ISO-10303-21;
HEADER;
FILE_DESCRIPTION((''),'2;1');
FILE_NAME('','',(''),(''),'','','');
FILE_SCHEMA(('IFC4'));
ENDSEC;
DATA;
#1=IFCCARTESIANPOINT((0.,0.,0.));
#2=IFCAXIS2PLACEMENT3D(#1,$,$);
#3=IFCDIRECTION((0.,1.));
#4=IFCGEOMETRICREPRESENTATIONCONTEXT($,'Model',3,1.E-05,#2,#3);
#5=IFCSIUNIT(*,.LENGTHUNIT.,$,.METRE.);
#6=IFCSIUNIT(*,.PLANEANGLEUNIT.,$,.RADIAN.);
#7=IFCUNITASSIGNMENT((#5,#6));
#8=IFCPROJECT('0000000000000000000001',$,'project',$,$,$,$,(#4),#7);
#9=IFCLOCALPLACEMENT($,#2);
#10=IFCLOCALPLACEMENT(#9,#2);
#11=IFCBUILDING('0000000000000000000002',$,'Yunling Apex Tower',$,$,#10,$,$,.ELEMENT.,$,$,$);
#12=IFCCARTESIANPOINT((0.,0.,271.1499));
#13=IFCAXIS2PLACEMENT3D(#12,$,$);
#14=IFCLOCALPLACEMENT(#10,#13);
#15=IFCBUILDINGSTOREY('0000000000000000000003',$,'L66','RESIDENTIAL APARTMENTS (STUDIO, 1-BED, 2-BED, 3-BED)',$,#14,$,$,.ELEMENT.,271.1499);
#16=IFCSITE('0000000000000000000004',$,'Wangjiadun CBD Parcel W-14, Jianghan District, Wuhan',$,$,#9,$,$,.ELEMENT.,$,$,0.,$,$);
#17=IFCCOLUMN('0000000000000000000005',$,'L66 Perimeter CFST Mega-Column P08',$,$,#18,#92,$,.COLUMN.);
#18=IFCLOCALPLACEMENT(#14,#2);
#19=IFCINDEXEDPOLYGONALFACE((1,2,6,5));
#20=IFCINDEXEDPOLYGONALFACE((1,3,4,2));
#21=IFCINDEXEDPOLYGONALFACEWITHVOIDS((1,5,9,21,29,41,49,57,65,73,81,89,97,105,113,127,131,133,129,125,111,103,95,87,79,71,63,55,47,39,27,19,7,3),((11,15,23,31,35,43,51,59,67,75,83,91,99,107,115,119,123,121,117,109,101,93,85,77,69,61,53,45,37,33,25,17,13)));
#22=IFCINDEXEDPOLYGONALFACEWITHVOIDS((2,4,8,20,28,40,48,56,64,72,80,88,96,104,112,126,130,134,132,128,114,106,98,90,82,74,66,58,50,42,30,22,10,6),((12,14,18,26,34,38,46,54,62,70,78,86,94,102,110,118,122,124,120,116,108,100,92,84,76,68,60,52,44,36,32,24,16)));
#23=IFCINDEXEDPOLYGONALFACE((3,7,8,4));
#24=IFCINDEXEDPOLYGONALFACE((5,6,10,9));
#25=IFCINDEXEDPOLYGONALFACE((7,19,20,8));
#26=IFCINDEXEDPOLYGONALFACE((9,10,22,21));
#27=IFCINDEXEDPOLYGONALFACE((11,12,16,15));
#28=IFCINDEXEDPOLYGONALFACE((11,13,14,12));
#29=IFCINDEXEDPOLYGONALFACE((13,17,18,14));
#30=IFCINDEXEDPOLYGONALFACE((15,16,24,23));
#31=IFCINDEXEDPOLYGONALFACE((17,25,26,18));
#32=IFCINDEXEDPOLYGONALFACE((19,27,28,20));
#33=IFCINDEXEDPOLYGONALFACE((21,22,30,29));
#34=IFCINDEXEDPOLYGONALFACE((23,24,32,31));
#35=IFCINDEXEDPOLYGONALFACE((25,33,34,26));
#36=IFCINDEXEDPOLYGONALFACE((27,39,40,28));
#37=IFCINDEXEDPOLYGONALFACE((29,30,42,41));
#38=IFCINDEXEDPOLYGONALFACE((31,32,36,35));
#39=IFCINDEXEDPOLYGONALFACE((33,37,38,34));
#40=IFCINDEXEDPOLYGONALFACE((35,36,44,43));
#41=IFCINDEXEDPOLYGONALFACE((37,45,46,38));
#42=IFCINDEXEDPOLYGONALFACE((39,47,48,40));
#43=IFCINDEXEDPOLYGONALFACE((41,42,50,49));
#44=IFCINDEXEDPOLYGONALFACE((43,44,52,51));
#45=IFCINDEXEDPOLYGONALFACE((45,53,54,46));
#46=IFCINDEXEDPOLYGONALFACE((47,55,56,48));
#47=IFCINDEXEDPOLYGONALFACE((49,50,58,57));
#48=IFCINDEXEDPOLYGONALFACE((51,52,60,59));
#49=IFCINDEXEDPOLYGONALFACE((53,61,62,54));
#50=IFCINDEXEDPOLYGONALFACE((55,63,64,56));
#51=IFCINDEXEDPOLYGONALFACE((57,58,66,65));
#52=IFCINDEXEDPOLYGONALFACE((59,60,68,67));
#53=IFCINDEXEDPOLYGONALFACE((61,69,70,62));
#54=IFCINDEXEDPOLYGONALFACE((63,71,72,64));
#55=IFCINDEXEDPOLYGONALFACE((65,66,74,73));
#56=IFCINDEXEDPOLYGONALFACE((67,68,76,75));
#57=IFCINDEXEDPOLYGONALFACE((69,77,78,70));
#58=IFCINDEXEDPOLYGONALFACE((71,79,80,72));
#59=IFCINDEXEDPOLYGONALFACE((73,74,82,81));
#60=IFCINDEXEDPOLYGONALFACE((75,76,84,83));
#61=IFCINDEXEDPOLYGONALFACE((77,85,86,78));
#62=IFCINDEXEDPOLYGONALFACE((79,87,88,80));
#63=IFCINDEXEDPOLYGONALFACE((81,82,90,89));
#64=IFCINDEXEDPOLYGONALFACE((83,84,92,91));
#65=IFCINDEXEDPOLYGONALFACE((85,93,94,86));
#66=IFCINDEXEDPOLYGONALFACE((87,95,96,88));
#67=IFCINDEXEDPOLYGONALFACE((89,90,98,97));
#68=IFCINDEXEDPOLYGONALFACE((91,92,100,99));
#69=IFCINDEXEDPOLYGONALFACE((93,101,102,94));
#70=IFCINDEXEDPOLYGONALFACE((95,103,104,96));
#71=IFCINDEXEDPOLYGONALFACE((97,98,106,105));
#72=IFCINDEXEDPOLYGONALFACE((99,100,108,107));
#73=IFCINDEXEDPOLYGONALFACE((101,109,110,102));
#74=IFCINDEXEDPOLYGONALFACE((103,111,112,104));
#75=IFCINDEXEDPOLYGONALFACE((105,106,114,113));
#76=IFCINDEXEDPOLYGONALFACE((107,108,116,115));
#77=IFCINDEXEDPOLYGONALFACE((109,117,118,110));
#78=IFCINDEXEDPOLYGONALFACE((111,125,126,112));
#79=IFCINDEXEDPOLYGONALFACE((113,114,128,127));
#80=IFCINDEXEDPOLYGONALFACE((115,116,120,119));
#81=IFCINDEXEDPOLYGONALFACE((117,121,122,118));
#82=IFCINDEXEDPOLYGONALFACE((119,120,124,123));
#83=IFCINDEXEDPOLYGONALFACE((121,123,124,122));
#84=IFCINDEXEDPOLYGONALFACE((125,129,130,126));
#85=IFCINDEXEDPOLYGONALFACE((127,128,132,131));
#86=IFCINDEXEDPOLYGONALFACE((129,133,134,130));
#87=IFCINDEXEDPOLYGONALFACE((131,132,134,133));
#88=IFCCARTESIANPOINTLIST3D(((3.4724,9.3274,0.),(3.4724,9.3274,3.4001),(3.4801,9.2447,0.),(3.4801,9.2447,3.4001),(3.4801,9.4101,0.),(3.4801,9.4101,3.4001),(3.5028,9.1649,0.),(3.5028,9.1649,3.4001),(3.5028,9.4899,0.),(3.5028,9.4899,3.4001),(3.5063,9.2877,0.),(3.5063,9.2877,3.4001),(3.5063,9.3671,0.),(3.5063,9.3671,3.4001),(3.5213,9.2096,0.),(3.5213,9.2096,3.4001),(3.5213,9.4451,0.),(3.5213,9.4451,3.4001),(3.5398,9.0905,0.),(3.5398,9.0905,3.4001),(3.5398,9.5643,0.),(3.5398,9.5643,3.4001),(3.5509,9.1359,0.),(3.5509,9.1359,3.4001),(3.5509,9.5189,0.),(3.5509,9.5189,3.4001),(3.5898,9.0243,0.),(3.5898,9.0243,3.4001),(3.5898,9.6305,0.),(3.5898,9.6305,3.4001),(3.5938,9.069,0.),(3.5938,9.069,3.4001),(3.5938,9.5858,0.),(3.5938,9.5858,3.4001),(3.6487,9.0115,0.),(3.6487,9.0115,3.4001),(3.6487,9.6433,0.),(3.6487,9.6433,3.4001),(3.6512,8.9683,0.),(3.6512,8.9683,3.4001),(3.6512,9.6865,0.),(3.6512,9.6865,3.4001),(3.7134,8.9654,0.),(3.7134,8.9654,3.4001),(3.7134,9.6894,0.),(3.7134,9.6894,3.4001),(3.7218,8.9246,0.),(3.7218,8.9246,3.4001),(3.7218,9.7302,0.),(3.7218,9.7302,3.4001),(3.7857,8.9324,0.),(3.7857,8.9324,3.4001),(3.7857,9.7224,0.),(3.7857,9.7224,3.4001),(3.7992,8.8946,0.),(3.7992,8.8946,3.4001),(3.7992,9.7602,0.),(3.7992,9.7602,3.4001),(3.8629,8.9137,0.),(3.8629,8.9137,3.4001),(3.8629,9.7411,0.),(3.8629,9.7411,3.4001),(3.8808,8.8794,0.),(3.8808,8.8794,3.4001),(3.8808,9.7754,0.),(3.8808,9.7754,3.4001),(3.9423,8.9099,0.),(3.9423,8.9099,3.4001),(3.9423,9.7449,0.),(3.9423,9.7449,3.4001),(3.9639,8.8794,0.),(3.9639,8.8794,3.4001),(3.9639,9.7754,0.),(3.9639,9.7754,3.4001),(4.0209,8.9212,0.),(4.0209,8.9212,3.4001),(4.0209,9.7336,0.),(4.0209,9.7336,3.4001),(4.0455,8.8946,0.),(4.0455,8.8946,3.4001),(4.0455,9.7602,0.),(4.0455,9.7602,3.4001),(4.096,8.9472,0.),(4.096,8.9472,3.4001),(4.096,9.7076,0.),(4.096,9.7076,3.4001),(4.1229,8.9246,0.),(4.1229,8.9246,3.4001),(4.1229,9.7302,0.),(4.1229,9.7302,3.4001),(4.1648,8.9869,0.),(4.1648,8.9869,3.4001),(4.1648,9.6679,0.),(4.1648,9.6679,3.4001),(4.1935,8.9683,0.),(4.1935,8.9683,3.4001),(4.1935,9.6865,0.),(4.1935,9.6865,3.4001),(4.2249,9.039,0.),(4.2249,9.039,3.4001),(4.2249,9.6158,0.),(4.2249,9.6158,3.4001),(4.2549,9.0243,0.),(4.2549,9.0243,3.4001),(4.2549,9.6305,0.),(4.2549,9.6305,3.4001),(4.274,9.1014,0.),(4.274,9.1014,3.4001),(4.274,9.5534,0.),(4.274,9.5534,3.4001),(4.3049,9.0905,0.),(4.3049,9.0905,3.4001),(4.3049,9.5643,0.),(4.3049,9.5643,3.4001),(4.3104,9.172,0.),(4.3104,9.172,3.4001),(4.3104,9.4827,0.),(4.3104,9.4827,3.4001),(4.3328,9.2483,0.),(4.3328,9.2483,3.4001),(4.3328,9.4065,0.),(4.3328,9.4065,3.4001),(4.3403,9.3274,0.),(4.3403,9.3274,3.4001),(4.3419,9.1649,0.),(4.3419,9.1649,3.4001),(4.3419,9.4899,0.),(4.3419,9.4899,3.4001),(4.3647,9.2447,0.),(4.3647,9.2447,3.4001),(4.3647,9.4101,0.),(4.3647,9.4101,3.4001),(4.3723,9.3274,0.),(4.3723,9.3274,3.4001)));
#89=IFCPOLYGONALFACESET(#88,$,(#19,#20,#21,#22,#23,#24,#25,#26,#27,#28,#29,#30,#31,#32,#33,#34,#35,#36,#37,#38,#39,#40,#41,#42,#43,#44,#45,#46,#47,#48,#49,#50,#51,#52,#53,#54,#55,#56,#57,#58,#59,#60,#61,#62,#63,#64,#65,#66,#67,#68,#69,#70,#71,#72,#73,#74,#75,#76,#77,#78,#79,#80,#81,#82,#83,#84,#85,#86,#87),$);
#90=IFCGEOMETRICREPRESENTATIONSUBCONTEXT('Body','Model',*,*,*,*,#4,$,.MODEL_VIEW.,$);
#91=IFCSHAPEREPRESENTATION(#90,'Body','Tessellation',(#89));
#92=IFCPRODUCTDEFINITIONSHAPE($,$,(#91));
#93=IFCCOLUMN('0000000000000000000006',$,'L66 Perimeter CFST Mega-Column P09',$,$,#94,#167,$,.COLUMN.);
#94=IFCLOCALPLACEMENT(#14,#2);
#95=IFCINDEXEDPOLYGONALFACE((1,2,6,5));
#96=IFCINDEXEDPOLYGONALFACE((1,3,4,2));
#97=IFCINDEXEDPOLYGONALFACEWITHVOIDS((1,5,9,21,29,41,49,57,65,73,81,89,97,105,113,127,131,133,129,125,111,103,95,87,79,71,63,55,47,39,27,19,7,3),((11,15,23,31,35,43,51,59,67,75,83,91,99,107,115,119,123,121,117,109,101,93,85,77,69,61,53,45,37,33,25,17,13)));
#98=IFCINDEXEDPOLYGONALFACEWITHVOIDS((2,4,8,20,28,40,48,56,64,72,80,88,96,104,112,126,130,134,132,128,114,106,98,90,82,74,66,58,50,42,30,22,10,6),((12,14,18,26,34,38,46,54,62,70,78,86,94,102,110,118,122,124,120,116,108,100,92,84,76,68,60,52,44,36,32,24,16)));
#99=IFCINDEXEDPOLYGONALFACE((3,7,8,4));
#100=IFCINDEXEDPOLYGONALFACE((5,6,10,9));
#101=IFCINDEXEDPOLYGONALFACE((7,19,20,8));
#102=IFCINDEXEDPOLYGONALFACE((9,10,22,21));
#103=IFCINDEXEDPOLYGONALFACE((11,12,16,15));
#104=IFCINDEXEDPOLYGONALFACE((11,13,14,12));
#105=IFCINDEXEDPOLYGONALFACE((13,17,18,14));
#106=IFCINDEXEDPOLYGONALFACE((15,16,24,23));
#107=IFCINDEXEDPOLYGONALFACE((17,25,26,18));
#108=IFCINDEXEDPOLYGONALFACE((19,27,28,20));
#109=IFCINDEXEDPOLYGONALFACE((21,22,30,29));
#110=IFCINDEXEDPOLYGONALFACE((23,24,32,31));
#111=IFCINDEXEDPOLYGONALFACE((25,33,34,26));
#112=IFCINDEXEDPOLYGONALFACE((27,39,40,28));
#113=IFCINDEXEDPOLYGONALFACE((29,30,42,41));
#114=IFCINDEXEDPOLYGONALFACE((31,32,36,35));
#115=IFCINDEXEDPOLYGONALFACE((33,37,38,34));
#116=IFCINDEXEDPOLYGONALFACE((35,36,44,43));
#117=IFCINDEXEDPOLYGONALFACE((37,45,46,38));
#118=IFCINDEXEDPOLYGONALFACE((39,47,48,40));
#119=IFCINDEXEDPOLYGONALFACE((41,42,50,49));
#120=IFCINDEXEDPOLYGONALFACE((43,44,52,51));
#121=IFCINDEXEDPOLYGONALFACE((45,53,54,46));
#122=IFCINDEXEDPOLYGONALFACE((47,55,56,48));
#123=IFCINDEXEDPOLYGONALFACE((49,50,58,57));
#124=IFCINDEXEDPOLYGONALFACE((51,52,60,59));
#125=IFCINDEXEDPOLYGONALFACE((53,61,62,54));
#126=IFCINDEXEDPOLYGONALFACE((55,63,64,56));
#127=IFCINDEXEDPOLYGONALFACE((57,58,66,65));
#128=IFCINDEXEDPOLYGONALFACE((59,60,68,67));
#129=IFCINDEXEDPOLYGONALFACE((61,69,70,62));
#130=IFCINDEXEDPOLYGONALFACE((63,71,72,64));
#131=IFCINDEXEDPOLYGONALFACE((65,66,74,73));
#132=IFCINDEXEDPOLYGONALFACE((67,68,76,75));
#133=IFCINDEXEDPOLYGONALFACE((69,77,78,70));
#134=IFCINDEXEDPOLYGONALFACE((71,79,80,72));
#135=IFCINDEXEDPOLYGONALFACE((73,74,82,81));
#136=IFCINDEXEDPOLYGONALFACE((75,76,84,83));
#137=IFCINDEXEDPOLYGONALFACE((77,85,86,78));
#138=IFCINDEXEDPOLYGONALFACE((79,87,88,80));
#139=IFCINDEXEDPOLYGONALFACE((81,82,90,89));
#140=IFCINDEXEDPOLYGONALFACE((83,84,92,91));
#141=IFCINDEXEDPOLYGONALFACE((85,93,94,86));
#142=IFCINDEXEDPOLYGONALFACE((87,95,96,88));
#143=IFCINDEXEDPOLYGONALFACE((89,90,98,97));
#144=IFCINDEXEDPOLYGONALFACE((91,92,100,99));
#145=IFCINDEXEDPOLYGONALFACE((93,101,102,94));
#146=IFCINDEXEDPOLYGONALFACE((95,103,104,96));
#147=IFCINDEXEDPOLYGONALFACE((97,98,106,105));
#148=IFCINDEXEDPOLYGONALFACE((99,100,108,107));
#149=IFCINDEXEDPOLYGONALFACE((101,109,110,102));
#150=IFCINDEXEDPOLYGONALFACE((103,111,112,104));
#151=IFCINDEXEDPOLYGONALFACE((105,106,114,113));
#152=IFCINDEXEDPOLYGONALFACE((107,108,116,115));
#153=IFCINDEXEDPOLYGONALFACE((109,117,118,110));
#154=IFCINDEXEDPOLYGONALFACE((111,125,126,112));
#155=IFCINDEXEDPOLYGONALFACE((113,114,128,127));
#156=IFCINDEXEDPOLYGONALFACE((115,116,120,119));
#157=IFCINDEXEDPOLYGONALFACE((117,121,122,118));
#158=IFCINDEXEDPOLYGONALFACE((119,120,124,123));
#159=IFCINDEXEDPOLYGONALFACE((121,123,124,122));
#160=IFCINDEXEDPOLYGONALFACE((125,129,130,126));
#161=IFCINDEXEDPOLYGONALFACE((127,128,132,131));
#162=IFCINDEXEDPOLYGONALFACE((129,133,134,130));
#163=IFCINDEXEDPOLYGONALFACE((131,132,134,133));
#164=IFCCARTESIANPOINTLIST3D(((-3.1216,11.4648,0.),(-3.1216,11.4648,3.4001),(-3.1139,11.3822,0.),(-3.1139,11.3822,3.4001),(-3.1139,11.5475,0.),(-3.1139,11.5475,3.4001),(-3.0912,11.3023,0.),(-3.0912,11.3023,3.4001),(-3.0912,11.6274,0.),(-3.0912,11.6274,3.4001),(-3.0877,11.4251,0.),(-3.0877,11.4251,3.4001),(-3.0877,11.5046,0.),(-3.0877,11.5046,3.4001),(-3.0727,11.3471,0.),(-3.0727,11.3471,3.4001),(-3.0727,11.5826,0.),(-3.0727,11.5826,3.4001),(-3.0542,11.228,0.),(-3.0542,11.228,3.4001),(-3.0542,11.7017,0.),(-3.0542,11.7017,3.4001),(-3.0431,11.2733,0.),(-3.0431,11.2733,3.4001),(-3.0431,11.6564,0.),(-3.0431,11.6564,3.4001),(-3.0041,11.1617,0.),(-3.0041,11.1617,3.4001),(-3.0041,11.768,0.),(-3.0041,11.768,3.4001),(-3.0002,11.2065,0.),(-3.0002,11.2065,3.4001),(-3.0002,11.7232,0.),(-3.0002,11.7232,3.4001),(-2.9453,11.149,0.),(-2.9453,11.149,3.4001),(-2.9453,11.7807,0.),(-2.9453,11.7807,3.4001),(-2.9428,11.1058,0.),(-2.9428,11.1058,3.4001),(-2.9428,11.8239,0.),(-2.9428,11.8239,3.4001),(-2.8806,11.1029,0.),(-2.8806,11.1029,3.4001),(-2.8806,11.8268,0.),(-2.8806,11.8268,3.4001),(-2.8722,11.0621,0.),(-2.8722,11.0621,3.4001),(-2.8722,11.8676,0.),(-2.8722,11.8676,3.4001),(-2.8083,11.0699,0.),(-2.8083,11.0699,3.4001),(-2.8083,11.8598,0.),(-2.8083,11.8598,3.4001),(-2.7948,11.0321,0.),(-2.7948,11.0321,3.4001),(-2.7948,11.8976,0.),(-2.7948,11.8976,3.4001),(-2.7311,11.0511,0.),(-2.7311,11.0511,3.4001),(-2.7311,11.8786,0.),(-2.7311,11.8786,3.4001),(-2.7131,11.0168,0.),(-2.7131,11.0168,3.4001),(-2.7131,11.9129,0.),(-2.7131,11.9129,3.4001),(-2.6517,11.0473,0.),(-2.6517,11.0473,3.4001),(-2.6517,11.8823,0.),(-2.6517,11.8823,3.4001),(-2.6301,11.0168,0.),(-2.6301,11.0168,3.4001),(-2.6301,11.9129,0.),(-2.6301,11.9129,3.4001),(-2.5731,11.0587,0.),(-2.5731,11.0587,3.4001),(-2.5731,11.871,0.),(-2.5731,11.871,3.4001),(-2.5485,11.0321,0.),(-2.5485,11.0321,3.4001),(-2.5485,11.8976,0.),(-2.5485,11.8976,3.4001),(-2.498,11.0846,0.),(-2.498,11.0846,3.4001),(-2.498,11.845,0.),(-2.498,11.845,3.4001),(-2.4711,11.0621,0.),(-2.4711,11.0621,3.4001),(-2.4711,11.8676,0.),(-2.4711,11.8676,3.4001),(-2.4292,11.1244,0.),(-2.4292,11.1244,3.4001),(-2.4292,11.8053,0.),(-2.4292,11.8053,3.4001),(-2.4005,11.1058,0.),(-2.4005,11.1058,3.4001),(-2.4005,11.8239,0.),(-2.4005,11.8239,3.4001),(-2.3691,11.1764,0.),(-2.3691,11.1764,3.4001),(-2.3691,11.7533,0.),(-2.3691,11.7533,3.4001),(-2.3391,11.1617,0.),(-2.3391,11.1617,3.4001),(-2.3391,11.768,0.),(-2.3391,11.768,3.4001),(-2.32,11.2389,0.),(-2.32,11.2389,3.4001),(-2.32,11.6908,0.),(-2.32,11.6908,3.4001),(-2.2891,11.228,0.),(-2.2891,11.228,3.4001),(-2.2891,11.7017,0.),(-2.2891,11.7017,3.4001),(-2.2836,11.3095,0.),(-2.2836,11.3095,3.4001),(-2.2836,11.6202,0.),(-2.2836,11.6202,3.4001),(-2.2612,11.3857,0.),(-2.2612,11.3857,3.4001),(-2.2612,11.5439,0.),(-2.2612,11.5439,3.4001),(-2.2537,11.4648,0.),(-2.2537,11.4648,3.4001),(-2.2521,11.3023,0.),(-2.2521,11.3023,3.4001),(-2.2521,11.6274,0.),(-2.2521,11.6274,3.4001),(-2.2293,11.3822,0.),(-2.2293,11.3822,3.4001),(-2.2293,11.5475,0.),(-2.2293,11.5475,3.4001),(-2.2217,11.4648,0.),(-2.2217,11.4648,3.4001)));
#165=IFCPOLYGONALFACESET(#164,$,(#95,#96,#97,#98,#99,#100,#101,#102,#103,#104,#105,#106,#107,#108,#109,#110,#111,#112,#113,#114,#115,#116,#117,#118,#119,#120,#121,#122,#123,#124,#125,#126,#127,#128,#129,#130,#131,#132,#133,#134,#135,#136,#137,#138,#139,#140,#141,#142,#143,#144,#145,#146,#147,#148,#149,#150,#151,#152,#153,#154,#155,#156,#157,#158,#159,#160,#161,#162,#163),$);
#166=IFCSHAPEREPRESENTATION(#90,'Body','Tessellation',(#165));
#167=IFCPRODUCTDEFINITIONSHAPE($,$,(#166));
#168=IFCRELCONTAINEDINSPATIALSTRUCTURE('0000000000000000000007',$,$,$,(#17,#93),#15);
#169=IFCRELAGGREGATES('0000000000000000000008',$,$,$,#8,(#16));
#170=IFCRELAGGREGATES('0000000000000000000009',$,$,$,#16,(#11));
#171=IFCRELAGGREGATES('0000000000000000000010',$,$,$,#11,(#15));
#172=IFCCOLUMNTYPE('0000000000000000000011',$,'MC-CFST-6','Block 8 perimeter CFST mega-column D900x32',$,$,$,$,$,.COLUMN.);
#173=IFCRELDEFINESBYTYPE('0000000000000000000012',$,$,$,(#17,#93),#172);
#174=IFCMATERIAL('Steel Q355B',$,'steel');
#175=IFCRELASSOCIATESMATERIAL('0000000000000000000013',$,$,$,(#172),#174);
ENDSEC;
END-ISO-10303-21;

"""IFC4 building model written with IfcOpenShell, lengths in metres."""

from ifc_helpers import new_model, si_unit, direction, frame, origin, origin_2d, place, context, subcontext, project, spatial, hollow_circle, extrude, source, transform, mapped, material, material_profile, profile_set, type_object, element, save


model = new_model("IFC4")

# Units and contexts
model_context = context("Model", 3, precision=1e-05, world=origin(), true_north=direction((0.0, 1.0)))
body_context = subcontext(model_context, "Body", "Model", "MODEL_VIEW")
ifc_project = project(units=[si_unit("LENGTHUNIT", "METRE"), si_unit("PLANEANGLEUNIT", "RADIAN")], contexts=[model_context])

# Site, building, storey
site_placement = place(None, origin())
site = spatial("IfcSite", under=ifc_project, at=site_placement, Name="Wangjiadun CBD Parcel W-14, Jianghan District, Wuhan", CompositionType="ELEMENT", RefElevation=0.0)
building_placement = place(site_placement, origin())
building = spatial("IfcBuilding", under=site, at=building_placement, Name="Yunling Apex Tower", CompositionType="ELEMENT")
storey_placement = place(building_placement, frame((0.0, 0.0, 271.1499)))
storey = spatial("IfcBuildingStorey", under=building, at=storey_placement, Name="L66", Description="RESIDENTIAL APARTMENTS (STUDIO, 1-BED, 2-BED, 3-BED)", CompositionType="ELEMENT", Elevation=271.1499)

# Columns
ifc_material_1 = material(Name="Steel Q355B", Category="steel")
ifc_material_profile_1 = material_profile(ifc_material_1, hollow_circle(Radius=0.45, WallThickness=0.032, at=origin_2d()))
ifc_profile_set_1 = profile_set([ifc_material_profile_1], Name="Steel Q355B")
column_type = type_object("IfcColumnType", Name="MC-CFST-6", Description="Block 8 perimeter CFST mega-column D900x32", PredefinedType="COLUMN", material=ifc_profile_set_1)
shared_shape_1 = source(origin(), body_context, "Body", "SweptSolid", [
    extrude(hollow_circle(Radius=0.45, WallThickness=0.032, at=origin_2d()), origin(), (0.0, 0.0, 1.0), 3.4001),
])
for number, where, z_axis, x_axis, name in (
    (1, (3.9224, 9.3274, 0.0), (0.0, 0.0, 1.0), (1.0, 0.0, 0.0), "L66 Perimeter CFST Mega-Column P08"),
    (2, (-2.6716, 11.4648, 0.0), (0.0, 0.0, 1.0), (1.0, 0.0, 0.0), "L66 Perimeter CFST Mega-Column P09"),
):
    element("IfcColumn", number, at=place(storey_placement, frame(where, z_axis=z_axis, x_axis=x_axis)), inside=storey, type_object=column_type, Name=name, PredefinedType="COLUMN", context=body_context, shape_type="MappedRepresentation", body=[
        mapped(shared_shape_1, transform((0.0, 0.0, 0.0), scale=1.0)),
    ])

save(model, "model.ifc")
